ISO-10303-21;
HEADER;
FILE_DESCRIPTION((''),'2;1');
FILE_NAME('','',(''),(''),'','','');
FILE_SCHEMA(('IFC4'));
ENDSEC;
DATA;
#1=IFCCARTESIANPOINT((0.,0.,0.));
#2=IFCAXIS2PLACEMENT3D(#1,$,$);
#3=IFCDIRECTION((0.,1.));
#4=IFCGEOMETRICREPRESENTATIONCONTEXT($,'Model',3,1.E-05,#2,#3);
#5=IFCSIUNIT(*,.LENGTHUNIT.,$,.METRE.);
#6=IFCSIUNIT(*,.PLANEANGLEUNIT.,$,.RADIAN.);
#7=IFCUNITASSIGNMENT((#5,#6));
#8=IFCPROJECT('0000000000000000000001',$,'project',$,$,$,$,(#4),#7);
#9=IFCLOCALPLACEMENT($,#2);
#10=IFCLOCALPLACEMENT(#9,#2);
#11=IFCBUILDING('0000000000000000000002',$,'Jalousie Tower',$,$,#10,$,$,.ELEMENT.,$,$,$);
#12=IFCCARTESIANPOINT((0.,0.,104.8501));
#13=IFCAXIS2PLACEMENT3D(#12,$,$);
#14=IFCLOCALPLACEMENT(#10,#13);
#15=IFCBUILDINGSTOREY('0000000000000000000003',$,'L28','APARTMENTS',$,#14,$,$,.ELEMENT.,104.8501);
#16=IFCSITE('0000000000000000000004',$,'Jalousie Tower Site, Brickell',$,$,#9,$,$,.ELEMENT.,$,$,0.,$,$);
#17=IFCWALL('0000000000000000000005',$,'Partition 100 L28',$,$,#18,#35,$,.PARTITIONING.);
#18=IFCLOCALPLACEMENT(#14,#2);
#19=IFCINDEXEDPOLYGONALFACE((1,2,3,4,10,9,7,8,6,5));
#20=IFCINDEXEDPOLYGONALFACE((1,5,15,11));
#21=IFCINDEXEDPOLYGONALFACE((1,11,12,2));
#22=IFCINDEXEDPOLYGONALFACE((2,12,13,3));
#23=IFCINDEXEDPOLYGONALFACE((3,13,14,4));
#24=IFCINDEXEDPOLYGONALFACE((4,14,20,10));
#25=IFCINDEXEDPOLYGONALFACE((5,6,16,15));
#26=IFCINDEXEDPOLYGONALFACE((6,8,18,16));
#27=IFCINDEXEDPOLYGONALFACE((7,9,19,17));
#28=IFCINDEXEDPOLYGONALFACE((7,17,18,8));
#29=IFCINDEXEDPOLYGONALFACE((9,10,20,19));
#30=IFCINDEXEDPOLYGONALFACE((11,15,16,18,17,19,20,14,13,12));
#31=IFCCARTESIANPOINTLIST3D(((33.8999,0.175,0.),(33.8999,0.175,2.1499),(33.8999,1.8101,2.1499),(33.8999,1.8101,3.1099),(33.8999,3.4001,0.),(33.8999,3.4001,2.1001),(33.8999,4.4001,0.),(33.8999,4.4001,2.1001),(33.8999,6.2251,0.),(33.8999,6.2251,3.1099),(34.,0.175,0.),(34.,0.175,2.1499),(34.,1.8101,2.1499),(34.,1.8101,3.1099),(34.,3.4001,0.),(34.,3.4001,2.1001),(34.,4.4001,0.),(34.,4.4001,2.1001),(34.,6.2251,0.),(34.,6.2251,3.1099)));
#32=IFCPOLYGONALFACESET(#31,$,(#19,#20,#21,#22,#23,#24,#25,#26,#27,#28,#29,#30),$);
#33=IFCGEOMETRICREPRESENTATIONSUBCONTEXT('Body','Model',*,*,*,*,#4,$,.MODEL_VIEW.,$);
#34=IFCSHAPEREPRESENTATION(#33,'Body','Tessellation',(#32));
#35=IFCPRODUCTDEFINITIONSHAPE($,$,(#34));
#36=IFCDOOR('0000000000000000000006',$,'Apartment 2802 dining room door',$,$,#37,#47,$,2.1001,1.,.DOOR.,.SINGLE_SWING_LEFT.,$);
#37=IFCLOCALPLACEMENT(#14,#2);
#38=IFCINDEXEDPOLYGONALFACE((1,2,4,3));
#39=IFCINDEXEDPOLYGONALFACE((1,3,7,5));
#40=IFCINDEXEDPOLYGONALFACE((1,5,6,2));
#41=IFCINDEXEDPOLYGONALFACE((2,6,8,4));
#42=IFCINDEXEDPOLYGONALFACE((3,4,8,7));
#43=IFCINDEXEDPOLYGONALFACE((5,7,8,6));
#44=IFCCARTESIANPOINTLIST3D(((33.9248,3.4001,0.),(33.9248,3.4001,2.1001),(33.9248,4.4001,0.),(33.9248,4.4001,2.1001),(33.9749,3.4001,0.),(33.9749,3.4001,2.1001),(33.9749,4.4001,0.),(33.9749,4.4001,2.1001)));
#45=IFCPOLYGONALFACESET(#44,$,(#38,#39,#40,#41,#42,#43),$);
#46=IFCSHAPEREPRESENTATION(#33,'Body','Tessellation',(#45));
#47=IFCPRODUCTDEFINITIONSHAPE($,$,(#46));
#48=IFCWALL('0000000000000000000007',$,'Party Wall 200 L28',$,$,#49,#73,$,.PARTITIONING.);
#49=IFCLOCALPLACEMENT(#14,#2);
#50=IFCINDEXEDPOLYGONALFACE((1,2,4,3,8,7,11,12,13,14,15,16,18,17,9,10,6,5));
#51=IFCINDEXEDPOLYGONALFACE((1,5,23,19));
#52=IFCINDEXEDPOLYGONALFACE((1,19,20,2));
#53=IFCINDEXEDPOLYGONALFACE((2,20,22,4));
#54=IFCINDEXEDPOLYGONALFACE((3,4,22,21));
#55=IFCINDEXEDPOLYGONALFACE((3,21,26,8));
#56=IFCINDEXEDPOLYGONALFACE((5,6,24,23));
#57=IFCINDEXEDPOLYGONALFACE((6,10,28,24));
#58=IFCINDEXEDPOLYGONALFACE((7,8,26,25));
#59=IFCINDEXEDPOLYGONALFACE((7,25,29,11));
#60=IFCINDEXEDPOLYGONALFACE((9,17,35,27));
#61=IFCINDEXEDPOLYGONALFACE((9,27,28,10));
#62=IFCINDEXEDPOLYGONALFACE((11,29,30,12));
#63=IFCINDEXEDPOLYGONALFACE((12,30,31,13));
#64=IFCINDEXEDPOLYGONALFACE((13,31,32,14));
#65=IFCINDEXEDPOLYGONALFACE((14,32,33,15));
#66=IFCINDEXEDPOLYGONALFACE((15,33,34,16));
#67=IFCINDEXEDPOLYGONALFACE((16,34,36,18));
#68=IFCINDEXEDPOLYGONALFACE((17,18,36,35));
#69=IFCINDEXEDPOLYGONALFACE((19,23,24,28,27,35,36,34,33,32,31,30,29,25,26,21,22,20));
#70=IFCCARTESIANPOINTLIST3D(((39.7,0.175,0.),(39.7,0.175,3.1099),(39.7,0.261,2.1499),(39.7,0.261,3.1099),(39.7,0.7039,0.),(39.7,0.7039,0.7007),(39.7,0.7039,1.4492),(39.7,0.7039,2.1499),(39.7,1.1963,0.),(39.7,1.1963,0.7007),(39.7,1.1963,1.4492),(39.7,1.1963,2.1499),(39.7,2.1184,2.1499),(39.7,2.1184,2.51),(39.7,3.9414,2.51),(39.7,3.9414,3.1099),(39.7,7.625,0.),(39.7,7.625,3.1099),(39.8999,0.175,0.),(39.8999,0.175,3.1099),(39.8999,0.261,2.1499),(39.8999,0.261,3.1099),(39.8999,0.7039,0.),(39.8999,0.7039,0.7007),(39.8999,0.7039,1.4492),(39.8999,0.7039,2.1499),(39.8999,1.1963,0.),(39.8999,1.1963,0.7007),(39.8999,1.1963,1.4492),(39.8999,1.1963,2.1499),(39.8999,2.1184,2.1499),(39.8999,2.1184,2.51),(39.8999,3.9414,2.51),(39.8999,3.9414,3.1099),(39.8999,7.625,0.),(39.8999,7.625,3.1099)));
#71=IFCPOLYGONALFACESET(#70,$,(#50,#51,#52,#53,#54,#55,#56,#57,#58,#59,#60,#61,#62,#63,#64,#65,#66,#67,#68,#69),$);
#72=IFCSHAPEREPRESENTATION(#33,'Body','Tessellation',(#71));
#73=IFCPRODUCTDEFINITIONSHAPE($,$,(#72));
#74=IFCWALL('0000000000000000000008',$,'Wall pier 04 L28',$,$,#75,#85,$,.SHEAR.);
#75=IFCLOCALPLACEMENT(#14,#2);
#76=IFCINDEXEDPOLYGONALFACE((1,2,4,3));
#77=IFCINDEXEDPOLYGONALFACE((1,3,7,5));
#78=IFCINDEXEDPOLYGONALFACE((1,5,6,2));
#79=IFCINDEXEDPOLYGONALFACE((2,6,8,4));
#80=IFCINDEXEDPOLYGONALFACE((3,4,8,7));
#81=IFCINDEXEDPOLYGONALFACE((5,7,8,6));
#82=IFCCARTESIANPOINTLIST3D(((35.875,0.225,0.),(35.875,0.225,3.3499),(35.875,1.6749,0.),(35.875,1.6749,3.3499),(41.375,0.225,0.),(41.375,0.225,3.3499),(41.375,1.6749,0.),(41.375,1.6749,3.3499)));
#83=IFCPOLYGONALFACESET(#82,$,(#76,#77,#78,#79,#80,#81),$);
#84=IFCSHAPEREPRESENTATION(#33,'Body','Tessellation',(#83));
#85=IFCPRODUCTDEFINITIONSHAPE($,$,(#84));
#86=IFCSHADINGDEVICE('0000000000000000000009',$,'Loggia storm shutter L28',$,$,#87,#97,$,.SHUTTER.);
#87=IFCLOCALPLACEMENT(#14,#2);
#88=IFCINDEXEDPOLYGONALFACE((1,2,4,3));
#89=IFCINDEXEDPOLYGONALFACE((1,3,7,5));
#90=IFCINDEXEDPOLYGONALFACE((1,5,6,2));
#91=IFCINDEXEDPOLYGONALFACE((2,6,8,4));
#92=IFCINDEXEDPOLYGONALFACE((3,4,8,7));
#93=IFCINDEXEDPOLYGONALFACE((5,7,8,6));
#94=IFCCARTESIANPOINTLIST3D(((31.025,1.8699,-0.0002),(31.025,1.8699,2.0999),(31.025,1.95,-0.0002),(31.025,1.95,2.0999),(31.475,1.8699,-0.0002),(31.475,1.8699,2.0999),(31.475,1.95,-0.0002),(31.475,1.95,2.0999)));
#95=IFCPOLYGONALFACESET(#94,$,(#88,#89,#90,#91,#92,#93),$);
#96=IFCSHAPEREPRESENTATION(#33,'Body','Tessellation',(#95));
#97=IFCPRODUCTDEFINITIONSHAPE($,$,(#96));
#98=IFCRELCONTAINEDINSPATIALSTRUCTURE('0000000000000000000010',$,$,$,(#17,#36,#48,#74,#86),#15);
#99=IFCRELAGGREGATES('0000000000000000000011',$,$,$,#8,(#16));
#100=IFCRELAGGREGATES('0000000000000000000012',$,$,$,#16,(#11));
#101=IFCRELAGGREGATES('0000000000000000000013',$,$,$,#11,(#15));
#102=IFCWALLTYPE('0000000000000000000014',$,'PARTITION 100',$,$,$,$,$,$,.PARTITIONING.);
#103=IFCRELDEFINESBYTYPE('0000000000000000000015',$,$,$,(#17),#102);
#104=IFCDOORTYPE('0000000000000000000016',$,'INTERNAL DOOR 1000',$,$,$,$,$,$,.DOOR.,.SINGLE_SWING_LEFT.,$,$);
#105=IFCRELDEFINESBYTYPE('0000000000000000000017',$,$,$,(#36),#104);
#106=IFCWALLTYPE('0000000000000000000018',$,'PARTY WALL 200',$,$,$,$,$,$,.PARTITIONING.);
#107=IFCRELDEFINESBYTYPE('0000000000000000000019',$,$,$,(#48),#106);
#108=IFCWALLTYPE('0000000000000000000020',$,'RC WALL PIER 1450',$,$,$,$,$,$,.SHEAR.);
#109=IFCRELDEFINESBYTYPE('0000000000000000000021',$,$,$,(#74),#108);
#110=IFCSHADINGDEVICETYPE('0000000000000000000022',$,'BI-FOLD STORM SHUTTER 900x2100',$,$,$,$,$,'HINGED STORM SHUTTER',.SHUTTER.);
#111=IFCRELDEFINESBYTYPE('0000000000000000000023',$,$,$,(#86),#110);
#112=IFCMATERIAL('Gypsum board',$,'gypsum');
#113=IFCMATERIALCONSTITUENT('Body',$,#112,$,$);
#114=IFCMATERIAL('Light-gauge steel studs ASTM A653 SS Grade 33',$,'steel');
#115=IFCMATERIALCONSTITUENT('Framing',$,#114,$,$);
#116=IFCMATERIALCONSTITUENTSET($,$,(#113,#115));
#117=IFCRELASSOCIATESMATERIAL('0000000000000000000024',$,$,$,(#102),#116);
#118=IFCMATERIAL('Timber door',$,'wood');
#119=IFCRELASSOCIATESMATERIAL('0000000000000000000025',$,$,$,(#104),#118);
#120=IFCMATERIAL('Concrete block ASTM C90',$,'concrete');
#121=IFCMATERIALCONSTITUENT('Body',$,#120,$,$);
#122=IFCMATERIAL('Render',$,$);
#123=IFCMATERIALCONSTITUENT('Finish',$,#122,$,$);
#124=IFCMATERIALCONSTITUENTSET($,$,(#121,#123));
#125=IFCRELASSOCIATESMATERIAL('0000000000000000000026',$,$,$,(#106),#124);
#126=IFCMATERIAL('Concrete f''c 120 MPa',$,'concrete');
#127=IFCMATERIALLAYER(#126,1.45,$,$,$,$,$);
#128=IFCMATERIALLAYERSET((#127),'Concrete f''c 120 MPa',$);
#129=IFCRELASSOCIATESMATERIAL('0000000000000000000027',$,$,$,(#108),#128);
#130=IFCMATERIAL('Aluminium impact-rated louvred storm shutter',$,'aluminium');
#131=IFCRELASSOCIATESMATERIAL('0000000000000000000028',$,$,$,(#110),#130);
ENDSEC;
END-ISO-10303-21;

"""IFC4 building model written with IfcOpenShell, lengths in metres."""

from ifc_helpers import new_model, si_unit, direction, frame, frame_2d, origin, origin_2d, place, context, subcontext, project, spatial, polyline, rectangle, outline, extrude, material, layer, layer_set, constituent, constituent_set, type_object, element, fill, save


model = new_model("IFC4")

# Units and contexts
model_context = context("Model", 3, precision=1e-05, world=origin(), true_north=direction((0.0, 1.0)))
body_context = subcontext(model_context, "Body", "Model", "MODEL_VIEW")
ifc_project = project(units=[si_unit("LENGTHUNIT", "METRE"), si_unit("PLANEANGLEUNIT", "RADIAN")], contexts=[model_context])

# Site, building, storey
site_placement = place(None, origin())
site = spatial("IfcSite", under=ifc_project, at=site_placement, Name="Jalousie Tower Site, Brickell", CompositionType="ELEMENT", RefElevation=0.0)
building_placement = place(site_placement, origin())
building = spatial("IfcBuilding", under=site, at=building_placement, Name="Jalousie Tower", CompositionType="ELEMENT")
storey_placement = place(building_placement, frame((0.0, 0.0, 104.8501)))
storey = spatial("IfcBuildingStorey", under=building, at=storey_placement, Name="L28", Description="APARTMENTS", CompositionType="ELEMENT", Elevation=104.8501)

# Wall, opening, door
ifc_material_1 = material(Name="Gypsum board", Category="gypsum")
ifc_constituent_1 = constituent(ifc_material_1, Name="Body")
ifc_material_2 = material(Name="Light-gauge steel studs ASTM A653 SS Grade 33", Category="steel")
ifc_constituent_2 = constituent(ifc_material_2, Name="Framing")
ifc_constituent_set_1 = constituent_set(constituents=[ifc_constituent_1, ifc_constituent_2])
wall_type_1 = type_object("IfcWallType", Name="PARTITION 100", PredefinedType="PARTITIONING", material=ifc_constituent_set_1)
wall_1_placement = place(storey_placement, frame((33.95, 0.175, 0.0), z_axis=(0.0, 0.0, 1.0), x_axis=(0.0, 1.0, 0.0)))
wall_1 = element("IfcWall", 1, at=wall_1_placement, inside=storey, type_object=wall_type_1, Name="Partition 100 L28", PredefinedType="PARTITIONING", context=body_context, shape_type="SweptSolid", body=[
    extrude(outline(polyline([(0.0, 0.0), (6.05, 0.0), (6.05, 3.1099), (1.635, 3.1099), (1.635, 2.1499), (0.0, 2.1499), (0.0, 3.1099), (0.0, 0.0)])), frame((0.0, 0.05, 0.0), z_axis=(0.0, -1.0, 0.0), x_axis=(1.0, 0.0, 0.0)), (0.0, 0.0, 1.0), 0.1001),
])
opening_1_placement = place(wall_1_placement, frame((3.2251, 0.0, 0.0)))
opening_1 = element("IfcOpeningElement", 2, at=opening_1_placement, cuts=wall_1, PredefinedType="OPENING", context=body_context, shape_type="SweptSolid", body=[
    extrude(rectangle(XDim=1.0, YDim=2.1001, at=frame_2d((0.5, 1.05))), frame((0.0, 0.0601, 0.0), z_axis=(0.0, -1.0, 0.0), x_axis=(1.0, 0.0, 0.0)), (0.0, 0.0, 1.0), 0.1201),
])
ifc_material_3 = material(Name="Timber door", Category="wood")
door_type = type_object("IfcDoorType", Name="INTERNAL DOOR 1000", OperationType="SINGLE_SWING_LEFT", PredefinedType="DOOR", material=ifc_material_3)
door_placement = place(opening_1_placement, frame((1.0, 0.0, 0.0), z_axis=(0.0, 0.0, 1.0), x_axis=(-1.0, 0.0, 0.0)))
door = element("IfcDoor", 3, at=door_placement, inside=storey, type_object=door_type, Name="Apartment 2802 dining room door", OperationType="SINGLE_SWING_LEFT", OverallHeight=2.1001, OverallWidth=1.0, PredefinedType="DOOR", context=body_context, shape_type="SweptSolid", body=[
    extrude(rectangle(XDim=1.0, YDim=2.1001, at=frame_2d((0.5, 1.05))), frame((0.0, 0.0249, 0.0), z_axis=(0.0, -1.0, 0.0), x_axis=(1.0, 0.0, 0.0)), (0.0, 0.0, 1.0), 0.05),
])
fill(opening_1, door)

# Walls
ifc_material_4 = material(Name="Concrete block ASTM C90", Category="concrete")
ifc_constituent_3 = constituent(ifc_material_4, Name="Body")
ifc_material_5 = material(Name="Render")
ifc_constituent_4 = constituent(ifc_material_5, Name="Finish")
ifc_constituent_set_2 = constituent_set(constituents=[ifc_constituent_3, ifc_constituent_4])
wall_type_2 = type_object("IfcWallType", Name="PARTY WALL 200", PredefinedType="PARTITIONING", material=ifc_constituent_set_2)
wall_2_placement = place(storey_placement, frame((39.8, 0.175, 0.0), z_axis=(0.0, 0.0, 1.0), x_axis=(0.0, 1.0, 0.0)))
element("IfcWall", 4, at=wall_2_placement, inside=storey, type_object=wall_type_2, Name="Party Wall 200 L28", PredefinedType="PARTITIONING", context=body_context, shape_type="SweptSolid", body=[
    extrude(outline(polyline([(0.0859, 3.1099), (0.0, 3.1099), (0.0, 0.0), (0.5288, 0.0), (0.5288, 0.7007), (1.0212, 0.7007), (1.0212, 0.0), (7.45, 0.0), (7.45, 3.1099), (3.7664, 3.1099), (3.7664, 2.51), (1.9434, 2.51), (1.9434, 2.1499), (1.0212, 2.1499), (1.0212, 1.4492), (0.5288, 1.4492), (0.5288, 2.1499), (0.0859, 2.1499), (0.0859, 3.1099)])), frame((0.0, 0.1001, 0.0), z_axis=(0.0, -1.0, 0.0), x_axis=(1.0, 0.0, 0.0)), (0.0, 0.0, 1.0), 0.2),
])
ifc_material_6 = material(Name="Concrete f'c 120 MPa", Category="concrete")
ifc_layer_1 = layer(ifc_material_6, 1.45)
ifc_layer_set_1 = layer_set([ifc_layer_1], Name="Concrete f'c 120 MPa")
wall_type_3 = type_object("IfcWallType", Name="RC WALL PIER 1450", PredefinedType="SHEAR", material=ifc_layer_set_1)
wall_3_placement = place(storey_placement, frame((35.875, 0.95, 0.0), z_axis=(0.0, 0.0, 1.0), x_axis=(1.0, 0.0, 0.0)))
element("IfcWall", 5, at=wall_3_placement, inside=storey, type_object=wall_type_3, Name="Wall pier 04 L28", PredefinedType="SHEAR", context=body_context, shape_type="SweptSolid", body=[
    extrude(rectangle(XDim=5.5, YDim=1.45, at=frame_2d((2.75, 0.0))), origin(), (0.0, 0.0, 1.0), 3.3499),
])

# Shading device
ifc_material_7 = material(Name="Aluminium impact-rated louvred storm shutter", Category="aluminium")
shading_device_type_1 = type_object("IfcShadingDeviceType", Name="BI-FOLD STORM SHUTTER 900x2100", ElementType="HINGED STORM SHUTTER", PredefinedType="SHUTTER", material=ifc_material_7)
shading_device_placement = place(storey_placement, frame((31.25, 1.9099, -0.0002), z_axis=(0.0, 0.0, 1.0), x_axis=(1.0, 0.0, 0.0)))
element("IfcShadingDevice", 6, at=shading_device_placement, inside=storey, type_object=shading_device_type_1, Name="Loggia storm shutter L28", PredefinedType="SHUTTER", context=body_context, shape_type="SweptSolid", body=[
    extrude(rectangle(XDim=0.45, YDim=0.0801, at=origin_2d()), origin(), (0.0, 0.0, 1.0), 2.1001),
])

save(model, "model.ifc")
